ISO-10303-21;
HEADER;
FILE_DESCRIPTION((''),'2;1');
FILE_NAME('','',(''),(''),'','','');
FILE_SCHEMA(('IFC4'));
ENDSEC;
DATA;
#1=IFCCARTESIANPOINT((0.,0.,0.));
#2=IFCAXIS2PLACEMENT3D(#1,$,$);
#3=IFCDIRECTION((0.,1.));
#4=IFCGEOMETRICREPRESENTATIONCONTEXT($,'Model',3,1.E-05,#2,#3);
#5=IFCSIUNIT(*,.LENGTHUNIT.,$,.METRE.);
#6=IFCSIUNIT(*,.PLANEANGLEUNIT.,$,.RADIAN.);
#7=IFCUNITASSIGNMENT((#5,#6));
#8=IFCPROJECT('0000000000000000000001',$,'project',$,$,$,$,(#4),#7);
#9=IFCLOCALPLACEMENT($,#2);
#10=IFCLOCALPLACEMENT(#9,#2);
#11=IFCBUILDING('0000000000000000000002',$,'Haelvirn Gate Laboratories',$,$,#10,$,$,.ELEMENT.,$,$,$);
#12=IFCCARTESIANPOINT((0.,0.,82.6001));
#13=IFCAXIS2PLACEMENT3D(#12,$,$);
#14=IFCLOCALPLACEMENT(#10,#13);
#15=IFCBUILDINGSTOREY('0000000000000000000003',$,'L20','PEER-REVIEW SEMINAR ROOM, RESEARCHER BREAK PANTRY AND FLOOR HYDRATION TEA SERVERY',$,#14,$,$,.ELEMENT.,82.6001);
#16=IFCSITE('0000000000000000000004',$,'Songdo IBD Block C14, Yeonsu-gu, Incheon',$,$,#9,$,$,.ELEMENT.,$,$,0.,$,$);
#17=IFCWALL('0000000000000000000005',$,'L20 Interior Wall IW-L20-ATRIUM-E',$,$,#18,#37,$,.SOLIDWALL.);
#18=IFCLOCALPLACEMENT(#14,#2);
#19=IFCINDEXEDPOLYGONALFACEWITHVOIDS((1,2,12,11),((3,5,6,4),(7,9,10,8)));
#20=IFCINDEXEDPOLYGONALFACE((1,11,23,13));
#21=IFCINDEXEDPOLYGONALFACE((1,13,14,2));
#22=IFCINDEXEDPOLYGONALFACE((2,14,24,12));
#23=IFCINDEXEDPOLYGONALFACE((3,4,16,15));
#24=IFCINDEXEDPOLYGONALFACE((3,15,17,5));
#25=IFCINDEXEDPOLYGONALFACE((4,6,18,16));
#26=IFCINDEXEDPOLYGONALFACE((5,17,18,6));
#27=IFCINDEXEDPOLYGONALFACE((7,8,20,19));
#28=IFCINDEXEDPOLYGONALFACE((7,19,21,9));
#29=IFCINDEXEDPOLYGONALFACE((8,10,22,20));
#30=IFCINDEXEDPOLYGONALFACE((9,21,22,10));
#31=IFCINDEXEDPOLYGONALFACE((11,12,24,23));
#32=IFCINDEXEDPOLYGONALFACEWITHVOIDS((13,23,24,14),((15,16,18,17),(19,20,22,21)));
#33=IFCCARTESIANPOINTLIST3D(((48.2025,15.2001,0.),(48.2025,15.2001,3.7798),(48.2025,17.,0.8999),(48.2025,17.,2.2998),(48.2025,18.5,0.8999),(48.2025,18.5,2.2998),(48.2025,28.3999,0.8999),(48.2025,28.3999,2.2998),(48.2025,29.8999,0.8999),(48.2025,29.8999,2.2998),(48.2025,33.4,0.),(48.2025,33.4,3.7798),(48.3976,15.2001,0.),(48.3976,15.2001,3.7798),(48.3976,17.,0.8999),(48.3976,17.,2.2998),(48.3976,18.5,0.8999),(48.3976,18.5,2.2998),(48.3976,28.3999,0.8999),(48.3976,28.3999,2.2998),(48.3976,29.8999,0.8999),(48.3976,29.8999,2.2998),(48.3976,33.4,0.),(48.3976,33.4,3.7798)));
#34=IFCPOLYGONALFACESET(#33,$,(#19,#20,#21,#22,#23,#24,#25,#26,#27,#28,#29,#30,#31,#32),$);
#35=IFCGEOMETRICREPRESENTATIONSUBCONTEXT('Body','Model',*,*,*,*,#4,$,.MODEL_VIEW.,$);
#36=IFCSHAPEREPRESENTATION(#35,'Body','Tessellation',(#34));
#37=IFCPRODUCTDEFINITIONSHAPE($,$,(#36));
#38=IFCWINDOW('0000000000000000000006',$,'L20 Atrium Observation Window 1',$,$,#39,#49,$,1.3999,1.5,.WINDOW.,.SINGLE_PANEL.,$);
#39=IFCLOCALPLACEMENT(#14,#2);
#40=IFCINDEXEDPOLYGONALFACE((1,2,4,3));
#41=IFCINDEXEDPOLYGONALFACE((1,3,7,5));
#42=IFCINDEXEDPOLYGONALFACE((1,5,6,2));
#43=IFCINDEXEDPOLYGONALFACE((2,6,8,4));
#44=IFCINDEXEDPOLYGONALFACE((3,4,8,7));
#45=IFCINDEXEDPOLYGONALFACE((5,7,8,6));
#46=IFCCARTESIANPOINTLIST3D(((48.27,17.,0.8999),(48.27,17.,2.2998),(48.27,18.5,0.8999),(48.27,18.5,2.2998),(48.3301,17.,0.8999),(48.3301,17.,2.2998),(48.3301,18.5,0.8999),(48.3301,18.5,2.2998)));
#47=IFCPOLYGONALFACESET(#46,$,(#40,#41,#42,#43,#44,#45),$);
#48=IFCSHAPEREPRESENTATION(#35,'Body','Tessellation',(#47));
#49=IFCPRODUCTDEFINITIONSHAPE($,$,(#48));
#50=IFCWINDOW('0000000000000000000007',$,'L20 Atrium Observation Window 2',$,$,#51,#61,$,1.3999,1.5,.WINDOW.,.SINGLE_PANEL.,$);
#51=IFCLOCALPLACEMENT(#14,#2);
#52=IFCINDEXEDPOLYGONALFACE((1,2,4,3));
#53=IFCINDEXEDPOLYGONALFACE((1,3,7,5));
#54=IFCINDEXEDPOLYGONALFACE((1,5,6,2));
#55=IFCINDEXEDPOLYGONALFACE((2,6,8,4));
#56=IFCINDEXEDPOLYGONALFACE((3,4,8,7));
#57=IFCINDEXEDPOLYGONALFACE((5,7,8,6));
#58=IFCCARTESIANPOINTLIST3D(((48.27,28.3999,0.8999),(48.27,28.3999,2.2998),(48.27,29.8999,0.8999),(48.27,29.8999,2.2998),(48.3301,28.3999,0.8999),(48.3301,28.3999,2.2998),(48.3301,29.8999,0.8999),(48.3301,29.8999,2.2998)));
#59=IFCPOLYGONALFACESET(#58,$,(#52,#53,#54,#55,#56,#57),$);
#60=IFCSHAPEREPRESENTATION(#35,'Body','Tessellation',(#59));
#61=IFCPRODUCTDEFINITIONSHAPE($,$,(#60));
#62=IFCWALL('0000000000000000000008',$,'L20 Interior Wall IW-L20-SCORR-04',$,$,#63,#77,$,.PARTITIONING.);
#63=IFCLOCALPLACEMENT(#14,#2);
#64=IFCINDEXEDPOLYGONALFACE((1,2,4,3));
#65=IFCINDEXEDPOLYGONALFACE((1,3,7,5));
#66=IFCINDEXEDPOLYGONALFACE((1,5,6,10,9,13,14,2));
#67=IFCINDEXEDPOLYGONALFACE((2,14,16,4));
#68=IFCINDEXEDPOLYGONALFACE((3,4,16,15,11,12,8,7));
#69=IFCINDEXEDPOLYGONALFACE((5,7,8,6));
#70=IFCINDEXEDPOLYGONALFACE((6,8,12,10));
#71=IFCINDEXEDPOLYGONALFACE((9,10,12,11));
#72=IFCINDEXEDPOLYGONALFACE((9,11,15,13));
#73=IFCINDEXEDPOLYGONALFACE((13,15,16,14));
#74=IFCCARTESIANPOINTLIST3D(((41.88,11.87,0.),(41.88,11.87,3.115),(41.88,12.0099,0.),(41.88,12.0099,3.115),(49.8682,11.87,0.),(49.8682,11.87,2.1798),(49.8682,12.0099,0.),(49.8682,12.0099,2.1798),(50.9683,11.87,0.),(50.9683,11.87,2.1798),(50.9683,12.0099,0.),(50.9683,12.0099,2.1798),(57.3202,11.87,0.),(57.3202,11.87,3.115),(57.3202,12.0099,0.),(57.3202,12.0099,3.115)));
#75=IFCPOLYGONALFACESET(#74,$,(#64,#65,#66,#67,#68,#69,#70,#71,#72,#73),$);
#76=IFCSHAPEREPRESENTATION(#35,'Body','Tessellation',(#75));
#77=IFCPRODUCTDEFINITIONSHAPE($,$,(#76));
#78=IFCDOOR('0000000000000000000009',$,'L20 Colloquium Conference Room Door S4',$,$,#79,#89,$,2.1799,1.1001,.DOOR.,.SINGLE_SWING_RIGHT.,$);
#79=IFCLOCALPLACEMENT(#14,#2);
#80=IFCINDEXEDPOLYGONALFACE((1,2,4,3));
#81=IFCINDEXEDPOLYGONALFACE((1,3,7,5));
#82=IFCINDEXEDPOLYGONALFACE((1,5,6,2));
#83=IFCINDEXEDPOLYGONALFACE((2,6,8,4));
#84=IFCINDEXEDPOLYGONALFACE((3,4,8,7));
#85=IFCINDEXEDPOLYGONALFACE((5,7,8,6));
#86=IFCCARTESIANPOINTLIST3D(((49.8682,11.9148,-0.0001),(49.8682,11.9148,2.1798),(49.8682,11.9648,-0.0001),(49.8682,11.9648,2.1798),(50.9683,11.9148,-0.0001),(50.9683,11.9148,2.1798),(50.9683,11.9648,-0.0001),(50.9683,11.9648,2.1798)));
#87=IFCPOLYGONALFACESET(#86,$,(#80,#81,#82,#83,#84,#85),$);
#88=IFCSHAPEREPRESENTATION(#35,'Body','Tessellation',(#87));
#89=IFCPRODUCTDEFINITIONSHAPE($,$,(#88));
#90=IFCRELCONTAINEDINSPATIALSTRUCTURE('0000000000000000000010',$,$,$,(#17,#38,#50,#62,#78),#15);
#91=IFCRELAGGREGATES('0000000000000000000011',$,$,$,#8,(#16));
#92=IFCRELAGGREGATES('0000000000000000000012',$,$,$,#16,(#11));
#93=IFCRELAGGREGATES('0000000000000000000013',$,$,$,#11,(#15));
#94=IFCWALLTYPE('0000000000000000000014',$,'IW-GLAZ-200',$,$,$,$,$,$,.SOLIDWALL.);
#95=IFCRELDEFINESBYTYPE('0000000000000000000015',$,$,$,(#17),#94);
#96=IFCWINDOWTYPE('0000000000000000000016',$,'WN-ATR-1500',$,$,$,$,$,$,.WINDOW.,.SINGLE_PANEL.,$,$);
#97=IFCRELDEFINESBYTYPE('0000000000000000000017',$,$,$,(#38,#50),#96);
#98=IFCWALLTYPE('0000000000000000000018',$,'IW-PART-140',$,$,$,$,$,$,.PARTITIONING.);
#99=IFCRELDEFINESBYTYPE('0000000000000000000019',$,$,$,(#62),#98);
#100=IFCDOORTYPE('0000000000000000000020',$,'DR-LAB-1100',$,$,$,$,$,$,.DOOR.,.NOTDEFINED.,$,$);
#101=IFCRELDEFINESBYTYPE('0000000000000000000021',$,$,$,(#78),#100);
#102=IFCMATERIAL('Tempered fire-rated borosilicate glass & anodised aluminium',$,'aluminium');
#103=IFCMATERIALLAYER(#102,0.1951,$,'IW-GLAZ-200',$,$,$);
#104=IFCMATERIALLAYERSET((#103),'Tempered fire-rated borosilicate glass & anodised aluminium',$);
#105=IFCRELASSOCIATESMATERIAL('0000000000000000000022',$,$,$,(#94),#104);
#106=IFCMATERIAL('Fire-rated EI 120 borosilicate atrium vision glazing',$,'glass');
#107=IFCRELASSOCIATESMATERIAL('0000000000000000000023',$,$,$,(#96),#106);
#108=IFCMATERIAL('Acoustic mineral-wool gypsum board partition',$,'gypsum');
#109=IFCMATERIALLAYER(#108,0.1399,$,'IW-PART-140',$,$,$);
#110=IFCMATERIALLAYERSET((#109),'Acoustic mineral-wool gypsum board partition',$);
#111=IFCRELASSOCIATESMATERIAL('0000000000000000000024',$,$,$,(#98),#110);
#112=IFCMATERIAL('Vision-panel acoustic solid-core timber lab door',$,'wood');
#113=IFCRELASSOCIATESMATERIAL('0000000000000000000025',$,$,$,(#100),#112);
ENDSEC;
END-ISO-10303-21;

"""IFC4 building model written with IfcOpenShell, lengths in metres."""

from ifc_helpers import new_model, si_unit, direction, frame, frame_2d, origin, place, context, subcontext, project, spatial, rectangle, extrude, source, transform, mapped, material, layer, layer_set, type_object, type_shapes, element, fill, save


model = new_model("IFC4")

# Units and contexts
model_context = context("Model", 3, precision=1e-05, world=origin(), true_north=direction((0.0, 1.0)))
body_context = subcontext(model_context, "Body", "Model", "MODEL_VIEW")
ifc_project = project(units=[si_unit("LENGTHUNIT", "METRE"), si_unit("PLANEANGLEUNIT", "RADIAN")], contexts=[model_context])

# Site, building, storey
site_placement = place(None, origin())
site = spatial("IfcSite", under=ifc_project, at=site_placement, Name="Songdo IBD Block C14, Yeonsu-gu, Incheon", CompositionType="ELEMENT", RefElevation=0.0)
building_placement = place(site_placement, origin())
building = spatial("IfcBuilding", under=site, at=building_placement, Name="Haelvirn Gate Laboratories", CompositionType="ELEMENT")
storey_placement = place(building_placement, frame((0.0, 0.0, 82.6001)))
storey = spatial("IfcBuildingStorey", under=building, at=storey_placement, Name="L20", Description="PEER-REVIEW SEMINAR ROOM, RESEARCHER BREAK PANTRY AND FLOOR HYDRATION TEA SERVERY", CompositionType="ELEMENT", Elevation=82.6001)

# Wall, openings, windows
ifc_material_1 = material(Name="Tempered fire-rated borosilicate glass & anodised aluminium", Category="aluminium")
ifc_layer_1 = layer(ifc_material_1, 0.1951, Name="IW-GLAZ-200")
ifc_layer_set_1 = layer_set([ifc_layer_1], Name="Tempered fire-rated borosilicate glass & anodised aluminium")
wall_type_1 = type_object("IfcWallType", Name="IW-GLAZ-200", PredefinedType="SOLIDWALL", material=ifc_layer_set_1)
wall_1_placement = place(storey_placement, frame((48.3, 15.2, 0.0), z_axis=(0.0, 0.0, 1.0), x_axis=(0.0, 1.0, 0.0)))
wall_1 = element("IfcWall", 1, at=wall_1_placement, inside=storey, type_object=wall_type_1, Name="L20 Interior Wall IW-L20-ATRIUM-E", PredefinedType="SOLIDWALL", context=body_context, shape_type="SweptSolid", body=[
    extrude(rectangle(XDim=18.2, YDim=0.1951, at=frame_2d((9.1001, 0.0))), origin(), (0.0, 0.0, 1.0), 3.7798),
])
opening_1_placement = place(wall_1_placement, frame((1.8, 0.0, 0.8999)))
opening_1 = element("IfcOpeningElement", 2, at=opening_1_placement, cuts=wall_1, PredefinedType="OPENING", context=body_context, shape_type="SweptSolid", body=[
    extrude(rectangle(XDim=1.5, YDim=1.3999, at=frame_2d((0.75, 0.7))), frame((0.0, 0.1074, 0.0), z_axis=(0.0, -1.0, 0.0), x_axis=(1.0, 0.0, 0.0)), (0.0, 0.0, 1.0), 0.2151),
])
opening_2_placement = place(wall_1_placement, frame((13.2, 0.0, 0.8999)))
opening_2 = element("IfcOpeningElement", 3, at=opening_2_placement, cuts=wall_1, PredefinedType="OPENING", context=body_context, shape_type="SweptSolid", body=[
    extrude(rectangle(XDim=1.5, YDim=1.3999, at=frame_2d((0.75, 0.7))), frame((0.0, 0.1074, 0.0), z_axis=(0.0, -1.0, 0.0), x_axis=(1.0, 0.0, 0.0)), (0.0, 0.0, 1.0), 0.2151),
])
ifc_material_2 = material(Name="Fire-rated EI 120 borosilicate atrium vision glazing", Category="glass")
window_type = type_object("IfcWindowType", Name="WN-ATR-1500", PartitioningType="SINGLE_PANEL", PredefinedType="WINDOW", material=ifc_material_2)
shared_shape_1 = source(origin(), body_context, "Body", "SweptSolid", [
    extrude(rectangle(XDim=1.5, YDim=1.3999, at=frame_2d((0.75, 0.7))), frame((0.0, 0.03, 0.0), z_axis=(0.0, -1.0, 0.0), x_axis=(1.0, 0.0, 0.0)), (0.0, 0.0, 1.0), 0.0601),
])
type_shapes(window_type, [shared_shape_1])
window_1_placement = place(opening_1_placement, origin())
window_1 = element("IfcWindow", 4, at=window_1_placement, inside=storey, type_object=window_type, Name="L20 Atrium Observation Window 1", OverallHeight=1.3999, OverallWidth=1.5, PartitioningType="SINGLE_PANEL", PredefinedType="WINDOW", context=body_context, shape_type="MappedRepresentation", body=[
    mapped(shared_shape_1, transform((0.0, 0.0, 0.0), scale=1.0)),
])
fill(opening_1, window_1)
window_2_placement = place(opening_2_placement, origin())
window_2 = element("IfcWindow", 5, at=window_2_placement, inside=storey, type_object=window_type, Name="L20 Atrium Observation Window 2", OverallHeight=1.3999, OverallWidth=1.5, PartitioningType="SINGLE_PANEL", PredefinedType="WINDOW", context=body_context, shape_type="MappedRepresentation", body=[
    mapped(shared_shape_1, transform((0.0, 0.0, 0.0), scale=1.0)),
])
fill(opening_2, window_2)

# Wall, opening, door
ifc_material_3 = material(Name="Acoustic mineral-wool gypsum board partition", Category="gypsum")
ifc_layer_2 = layer(ifc_material_3, 0.1399, Name="IW-PART-140")
ifc_layer_set_2 = layer_set([ifc_layer_2], Name="Acoustic mineral-wool gypsum board partition")
wall_type_2 = type_object("IfcWallType", Name="IW-PART-140", PredefinedType="PARTITIONING", material=ifc_layer_set_2)
wall_2_placement = place(storey_placement, frame((41.8799, 11.9399, 0.0), z_axis=(0.0, 0.0, 1.0), x_axis=(1.0, 0.0, 0.0)))
wall_2 = element("IfcWall", 6, at=wall_2_placement, inside=storey, type_object=wall_type_2, Name="L20 Interior Wall IW-L20-SCORR-04", PredefinedType="PARTITIONING", context=body_context, shape_type="SweptSolid", body=[
    extrude(rectangle(XDim=15.4402, YDim=0.1399, at=frame_2d((7.7202, 0.0))), origin(), (0.0, 0.0, 1.0), 3.115),
])
opening_3_placement = place(wall_2_placement, frame((7.9883, 0.0, 0.0)))
opening_3 = element("IfcOpeningElement", 7, at=opening_3_placement, cuts=wall_2, PredefinedType="OPENING", context=body_context, shape_type="SweptSolid", body=[
    extrude(rectangle(XDim=1.1001, YDim=2.1799, at=frame_2d((0.55, 1.0898))), frame((0.0, 0.0801, 0.0), z_axis=(0.0, -1.0, 0.0), x_axis=(1.0, 0.0, 0.0)), (0.0, 0.0, 1.0), 0.1599),
])
ifc_material_4 = material(Name="Vision-panel acoustic solid-core timber lab door", Category="wood")
door_type = type_object("IfcDoorType", Name="DR-LAB-1100", OperationType="NOTDEFINED", PredefinedType="DOOR", material=ifc_material_4)
shared_shape_2 = source(origin(), body_context, "Body", "SweptSolid", [
    extrude(rectangle(XDim=1.1001, YDim=2.1799, at=frame_2d((0.55, 1.0898))), frame((0.0, 0.0249, 0.0), z_axis=(0.0, -1.0, 0.0), x_axis=(1.0, 0.0, 0.0)), (0.0, 0.0, 1.0), 0.05),
])
type_shapes(door_type, [shared_shape_2])
door_placement = place(opening_3_placement, origin())
door = element("IfcDoor", 8, at=door_placement, inside=storey, type_object=door_type, Name="L20 Colloquium Conference Room Door S4", OperationType="SINGLE_SWING_RIGHT", OverallHeight=2.1799, OverallWidth=1.1001, PredefinedType="DOOR", context=body_context, shape_type="MappedRepresentation", body=[
    mapped(shared_shape_2, transform((0.0, 0.0, 0.0), scale=1.0)),
])
fill(opening_3, door)

save(model, "model.ifc")
